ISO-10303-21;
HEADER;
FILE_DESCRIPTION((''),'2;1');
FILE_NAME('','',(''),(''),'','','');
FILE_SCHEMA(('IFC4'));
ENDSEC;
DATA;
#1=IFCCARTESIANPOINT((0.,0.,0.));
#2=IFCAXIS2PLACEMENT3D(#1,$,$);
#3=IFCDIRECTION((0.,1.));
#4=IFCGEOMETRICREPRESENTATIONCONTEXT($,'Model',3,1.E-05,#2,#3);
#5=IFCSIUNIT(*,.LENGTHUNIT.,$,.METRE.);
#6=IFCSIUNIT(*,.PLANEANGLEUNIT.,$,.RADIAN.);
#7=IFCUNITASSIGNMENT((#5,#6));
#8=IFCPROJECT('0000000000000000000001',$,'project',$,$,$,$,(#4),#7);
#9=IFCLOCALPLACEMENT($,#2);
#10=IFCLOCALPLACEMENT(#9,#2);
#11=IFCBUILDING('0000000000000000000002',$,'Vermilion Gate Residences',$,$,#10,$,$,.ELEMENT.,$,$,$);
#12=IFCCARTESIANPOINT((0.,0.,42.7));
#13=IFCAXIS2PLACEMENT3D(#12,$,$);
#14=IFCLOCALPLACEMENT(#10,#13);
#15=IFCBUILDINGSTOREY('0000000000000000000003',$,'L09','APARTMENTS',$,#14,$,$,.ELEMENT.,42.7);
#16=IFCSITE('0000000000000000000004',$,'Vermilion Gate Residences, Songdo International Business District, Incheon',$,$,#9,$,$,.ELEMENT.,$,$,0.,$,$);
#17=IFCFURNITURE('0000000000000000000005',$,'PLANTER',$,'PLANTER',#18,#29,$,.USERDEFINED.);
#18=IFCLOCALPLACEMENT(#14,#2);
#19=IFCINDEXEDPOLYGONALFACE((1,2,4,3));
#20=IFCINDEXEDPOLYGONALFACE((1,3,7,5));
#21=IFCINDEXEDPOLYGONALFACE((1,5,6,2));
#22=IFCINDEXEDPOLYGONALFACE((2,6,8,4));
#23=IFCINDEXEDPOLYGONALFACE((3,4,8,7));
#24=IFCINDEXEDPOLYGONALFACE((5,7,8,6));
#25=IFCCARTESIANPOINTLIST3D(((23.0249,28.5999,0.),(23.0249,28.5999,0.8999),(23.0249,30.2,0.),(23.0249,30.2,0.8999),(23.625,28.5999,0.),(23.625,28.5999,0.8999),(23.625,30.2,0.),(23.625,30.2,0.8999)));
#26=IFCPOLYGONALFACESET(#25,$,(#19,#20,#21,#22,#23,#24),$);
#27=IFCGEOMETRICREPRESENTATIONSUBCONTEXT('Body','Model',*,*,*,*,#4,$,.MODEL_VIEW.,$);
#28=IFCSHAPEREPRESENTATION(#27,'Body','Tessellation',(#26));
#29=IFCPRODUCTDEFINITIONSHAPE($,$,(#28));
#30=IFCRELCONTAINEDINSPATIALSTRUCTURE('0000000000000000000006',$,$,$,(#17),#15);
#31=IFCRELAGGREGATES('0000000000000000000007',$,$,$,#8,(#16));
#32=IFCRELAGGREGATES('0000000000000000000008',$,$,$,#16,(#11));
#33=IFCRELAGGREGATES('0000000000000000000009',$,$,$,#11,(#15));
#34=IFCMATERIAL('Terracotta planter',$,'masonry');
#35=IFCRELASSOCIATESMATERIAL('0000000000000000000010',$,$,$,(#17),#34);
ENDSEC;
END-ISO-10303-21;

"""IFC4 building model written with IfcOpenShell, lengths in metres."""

from ifc_helpers import new_model, si_unit, direction, frame, origin, origin_2d, place, context, subcontext, project, spatial, rectangle, extrude, material, element, save


model = new_model("IFC4")

# Units and contexts
model_context = context("Model", 3, precision=1e-05, world=origin(), true_north=direction((0.0, 1.0)))
body_context = subcontext(model_context, "Body", "Model", "MODEL_VIEW")
ifc_project = project(units=[si_unit("LENGTHUNIT", "METRE"), si_unit("PLANEANGLEUNIT", "RADIAN")], contexts=[model_context])

# Site, building, storey
site_placement = place(None, origin())
site = spatial("IfcSite", under=ifc_project, at=site_placement, Name="Vermilion Gate Residences, Songdo International Business District, Incheon", CompositionType="ELEMENT", RefElevation=0.0)
building_placement = place(site_placement, origin())
building = spatial("IfcBuilding", under=site, at=building_placement, Name="Vermilion Gate Residences", CompositionType="ELEMENT")
storey_placement = place(building_placement, frame((0.0, 0.0, 42.7)))
storey = spatial("IfcBuildingStorey", under=building, at=storey_placement, Name="L09", Description="APARTMENTS", CompositionType="ELEMENT", Elevation=42.7)

# Furniture
ifc_material_1 = material(Name="Terracotta planter", Category="masonry")
furniture_placement = place(storey_placement, frame((23.325, 29.3999, 0.0), z_axis=(0.0, 0.0, 1.0), x_axis=(0.0, 1.0, 0.0)))
element("IfcFurniture", 1, at=furniture_placement, inside=storey, material=ifc_material_1, Name="PLANTER", ObjectType="PLANTER", PredefinedType="USERDEFINED", context=body_context, shape_type="SweptSolid", body=[
    extrude(rectangle(XDim=1.6001, YDim=0.6001, at=origin_2d()), origin(), (0.0, 0.0, 1.0), 0.8999),
])

save(model, "model.ifc")
